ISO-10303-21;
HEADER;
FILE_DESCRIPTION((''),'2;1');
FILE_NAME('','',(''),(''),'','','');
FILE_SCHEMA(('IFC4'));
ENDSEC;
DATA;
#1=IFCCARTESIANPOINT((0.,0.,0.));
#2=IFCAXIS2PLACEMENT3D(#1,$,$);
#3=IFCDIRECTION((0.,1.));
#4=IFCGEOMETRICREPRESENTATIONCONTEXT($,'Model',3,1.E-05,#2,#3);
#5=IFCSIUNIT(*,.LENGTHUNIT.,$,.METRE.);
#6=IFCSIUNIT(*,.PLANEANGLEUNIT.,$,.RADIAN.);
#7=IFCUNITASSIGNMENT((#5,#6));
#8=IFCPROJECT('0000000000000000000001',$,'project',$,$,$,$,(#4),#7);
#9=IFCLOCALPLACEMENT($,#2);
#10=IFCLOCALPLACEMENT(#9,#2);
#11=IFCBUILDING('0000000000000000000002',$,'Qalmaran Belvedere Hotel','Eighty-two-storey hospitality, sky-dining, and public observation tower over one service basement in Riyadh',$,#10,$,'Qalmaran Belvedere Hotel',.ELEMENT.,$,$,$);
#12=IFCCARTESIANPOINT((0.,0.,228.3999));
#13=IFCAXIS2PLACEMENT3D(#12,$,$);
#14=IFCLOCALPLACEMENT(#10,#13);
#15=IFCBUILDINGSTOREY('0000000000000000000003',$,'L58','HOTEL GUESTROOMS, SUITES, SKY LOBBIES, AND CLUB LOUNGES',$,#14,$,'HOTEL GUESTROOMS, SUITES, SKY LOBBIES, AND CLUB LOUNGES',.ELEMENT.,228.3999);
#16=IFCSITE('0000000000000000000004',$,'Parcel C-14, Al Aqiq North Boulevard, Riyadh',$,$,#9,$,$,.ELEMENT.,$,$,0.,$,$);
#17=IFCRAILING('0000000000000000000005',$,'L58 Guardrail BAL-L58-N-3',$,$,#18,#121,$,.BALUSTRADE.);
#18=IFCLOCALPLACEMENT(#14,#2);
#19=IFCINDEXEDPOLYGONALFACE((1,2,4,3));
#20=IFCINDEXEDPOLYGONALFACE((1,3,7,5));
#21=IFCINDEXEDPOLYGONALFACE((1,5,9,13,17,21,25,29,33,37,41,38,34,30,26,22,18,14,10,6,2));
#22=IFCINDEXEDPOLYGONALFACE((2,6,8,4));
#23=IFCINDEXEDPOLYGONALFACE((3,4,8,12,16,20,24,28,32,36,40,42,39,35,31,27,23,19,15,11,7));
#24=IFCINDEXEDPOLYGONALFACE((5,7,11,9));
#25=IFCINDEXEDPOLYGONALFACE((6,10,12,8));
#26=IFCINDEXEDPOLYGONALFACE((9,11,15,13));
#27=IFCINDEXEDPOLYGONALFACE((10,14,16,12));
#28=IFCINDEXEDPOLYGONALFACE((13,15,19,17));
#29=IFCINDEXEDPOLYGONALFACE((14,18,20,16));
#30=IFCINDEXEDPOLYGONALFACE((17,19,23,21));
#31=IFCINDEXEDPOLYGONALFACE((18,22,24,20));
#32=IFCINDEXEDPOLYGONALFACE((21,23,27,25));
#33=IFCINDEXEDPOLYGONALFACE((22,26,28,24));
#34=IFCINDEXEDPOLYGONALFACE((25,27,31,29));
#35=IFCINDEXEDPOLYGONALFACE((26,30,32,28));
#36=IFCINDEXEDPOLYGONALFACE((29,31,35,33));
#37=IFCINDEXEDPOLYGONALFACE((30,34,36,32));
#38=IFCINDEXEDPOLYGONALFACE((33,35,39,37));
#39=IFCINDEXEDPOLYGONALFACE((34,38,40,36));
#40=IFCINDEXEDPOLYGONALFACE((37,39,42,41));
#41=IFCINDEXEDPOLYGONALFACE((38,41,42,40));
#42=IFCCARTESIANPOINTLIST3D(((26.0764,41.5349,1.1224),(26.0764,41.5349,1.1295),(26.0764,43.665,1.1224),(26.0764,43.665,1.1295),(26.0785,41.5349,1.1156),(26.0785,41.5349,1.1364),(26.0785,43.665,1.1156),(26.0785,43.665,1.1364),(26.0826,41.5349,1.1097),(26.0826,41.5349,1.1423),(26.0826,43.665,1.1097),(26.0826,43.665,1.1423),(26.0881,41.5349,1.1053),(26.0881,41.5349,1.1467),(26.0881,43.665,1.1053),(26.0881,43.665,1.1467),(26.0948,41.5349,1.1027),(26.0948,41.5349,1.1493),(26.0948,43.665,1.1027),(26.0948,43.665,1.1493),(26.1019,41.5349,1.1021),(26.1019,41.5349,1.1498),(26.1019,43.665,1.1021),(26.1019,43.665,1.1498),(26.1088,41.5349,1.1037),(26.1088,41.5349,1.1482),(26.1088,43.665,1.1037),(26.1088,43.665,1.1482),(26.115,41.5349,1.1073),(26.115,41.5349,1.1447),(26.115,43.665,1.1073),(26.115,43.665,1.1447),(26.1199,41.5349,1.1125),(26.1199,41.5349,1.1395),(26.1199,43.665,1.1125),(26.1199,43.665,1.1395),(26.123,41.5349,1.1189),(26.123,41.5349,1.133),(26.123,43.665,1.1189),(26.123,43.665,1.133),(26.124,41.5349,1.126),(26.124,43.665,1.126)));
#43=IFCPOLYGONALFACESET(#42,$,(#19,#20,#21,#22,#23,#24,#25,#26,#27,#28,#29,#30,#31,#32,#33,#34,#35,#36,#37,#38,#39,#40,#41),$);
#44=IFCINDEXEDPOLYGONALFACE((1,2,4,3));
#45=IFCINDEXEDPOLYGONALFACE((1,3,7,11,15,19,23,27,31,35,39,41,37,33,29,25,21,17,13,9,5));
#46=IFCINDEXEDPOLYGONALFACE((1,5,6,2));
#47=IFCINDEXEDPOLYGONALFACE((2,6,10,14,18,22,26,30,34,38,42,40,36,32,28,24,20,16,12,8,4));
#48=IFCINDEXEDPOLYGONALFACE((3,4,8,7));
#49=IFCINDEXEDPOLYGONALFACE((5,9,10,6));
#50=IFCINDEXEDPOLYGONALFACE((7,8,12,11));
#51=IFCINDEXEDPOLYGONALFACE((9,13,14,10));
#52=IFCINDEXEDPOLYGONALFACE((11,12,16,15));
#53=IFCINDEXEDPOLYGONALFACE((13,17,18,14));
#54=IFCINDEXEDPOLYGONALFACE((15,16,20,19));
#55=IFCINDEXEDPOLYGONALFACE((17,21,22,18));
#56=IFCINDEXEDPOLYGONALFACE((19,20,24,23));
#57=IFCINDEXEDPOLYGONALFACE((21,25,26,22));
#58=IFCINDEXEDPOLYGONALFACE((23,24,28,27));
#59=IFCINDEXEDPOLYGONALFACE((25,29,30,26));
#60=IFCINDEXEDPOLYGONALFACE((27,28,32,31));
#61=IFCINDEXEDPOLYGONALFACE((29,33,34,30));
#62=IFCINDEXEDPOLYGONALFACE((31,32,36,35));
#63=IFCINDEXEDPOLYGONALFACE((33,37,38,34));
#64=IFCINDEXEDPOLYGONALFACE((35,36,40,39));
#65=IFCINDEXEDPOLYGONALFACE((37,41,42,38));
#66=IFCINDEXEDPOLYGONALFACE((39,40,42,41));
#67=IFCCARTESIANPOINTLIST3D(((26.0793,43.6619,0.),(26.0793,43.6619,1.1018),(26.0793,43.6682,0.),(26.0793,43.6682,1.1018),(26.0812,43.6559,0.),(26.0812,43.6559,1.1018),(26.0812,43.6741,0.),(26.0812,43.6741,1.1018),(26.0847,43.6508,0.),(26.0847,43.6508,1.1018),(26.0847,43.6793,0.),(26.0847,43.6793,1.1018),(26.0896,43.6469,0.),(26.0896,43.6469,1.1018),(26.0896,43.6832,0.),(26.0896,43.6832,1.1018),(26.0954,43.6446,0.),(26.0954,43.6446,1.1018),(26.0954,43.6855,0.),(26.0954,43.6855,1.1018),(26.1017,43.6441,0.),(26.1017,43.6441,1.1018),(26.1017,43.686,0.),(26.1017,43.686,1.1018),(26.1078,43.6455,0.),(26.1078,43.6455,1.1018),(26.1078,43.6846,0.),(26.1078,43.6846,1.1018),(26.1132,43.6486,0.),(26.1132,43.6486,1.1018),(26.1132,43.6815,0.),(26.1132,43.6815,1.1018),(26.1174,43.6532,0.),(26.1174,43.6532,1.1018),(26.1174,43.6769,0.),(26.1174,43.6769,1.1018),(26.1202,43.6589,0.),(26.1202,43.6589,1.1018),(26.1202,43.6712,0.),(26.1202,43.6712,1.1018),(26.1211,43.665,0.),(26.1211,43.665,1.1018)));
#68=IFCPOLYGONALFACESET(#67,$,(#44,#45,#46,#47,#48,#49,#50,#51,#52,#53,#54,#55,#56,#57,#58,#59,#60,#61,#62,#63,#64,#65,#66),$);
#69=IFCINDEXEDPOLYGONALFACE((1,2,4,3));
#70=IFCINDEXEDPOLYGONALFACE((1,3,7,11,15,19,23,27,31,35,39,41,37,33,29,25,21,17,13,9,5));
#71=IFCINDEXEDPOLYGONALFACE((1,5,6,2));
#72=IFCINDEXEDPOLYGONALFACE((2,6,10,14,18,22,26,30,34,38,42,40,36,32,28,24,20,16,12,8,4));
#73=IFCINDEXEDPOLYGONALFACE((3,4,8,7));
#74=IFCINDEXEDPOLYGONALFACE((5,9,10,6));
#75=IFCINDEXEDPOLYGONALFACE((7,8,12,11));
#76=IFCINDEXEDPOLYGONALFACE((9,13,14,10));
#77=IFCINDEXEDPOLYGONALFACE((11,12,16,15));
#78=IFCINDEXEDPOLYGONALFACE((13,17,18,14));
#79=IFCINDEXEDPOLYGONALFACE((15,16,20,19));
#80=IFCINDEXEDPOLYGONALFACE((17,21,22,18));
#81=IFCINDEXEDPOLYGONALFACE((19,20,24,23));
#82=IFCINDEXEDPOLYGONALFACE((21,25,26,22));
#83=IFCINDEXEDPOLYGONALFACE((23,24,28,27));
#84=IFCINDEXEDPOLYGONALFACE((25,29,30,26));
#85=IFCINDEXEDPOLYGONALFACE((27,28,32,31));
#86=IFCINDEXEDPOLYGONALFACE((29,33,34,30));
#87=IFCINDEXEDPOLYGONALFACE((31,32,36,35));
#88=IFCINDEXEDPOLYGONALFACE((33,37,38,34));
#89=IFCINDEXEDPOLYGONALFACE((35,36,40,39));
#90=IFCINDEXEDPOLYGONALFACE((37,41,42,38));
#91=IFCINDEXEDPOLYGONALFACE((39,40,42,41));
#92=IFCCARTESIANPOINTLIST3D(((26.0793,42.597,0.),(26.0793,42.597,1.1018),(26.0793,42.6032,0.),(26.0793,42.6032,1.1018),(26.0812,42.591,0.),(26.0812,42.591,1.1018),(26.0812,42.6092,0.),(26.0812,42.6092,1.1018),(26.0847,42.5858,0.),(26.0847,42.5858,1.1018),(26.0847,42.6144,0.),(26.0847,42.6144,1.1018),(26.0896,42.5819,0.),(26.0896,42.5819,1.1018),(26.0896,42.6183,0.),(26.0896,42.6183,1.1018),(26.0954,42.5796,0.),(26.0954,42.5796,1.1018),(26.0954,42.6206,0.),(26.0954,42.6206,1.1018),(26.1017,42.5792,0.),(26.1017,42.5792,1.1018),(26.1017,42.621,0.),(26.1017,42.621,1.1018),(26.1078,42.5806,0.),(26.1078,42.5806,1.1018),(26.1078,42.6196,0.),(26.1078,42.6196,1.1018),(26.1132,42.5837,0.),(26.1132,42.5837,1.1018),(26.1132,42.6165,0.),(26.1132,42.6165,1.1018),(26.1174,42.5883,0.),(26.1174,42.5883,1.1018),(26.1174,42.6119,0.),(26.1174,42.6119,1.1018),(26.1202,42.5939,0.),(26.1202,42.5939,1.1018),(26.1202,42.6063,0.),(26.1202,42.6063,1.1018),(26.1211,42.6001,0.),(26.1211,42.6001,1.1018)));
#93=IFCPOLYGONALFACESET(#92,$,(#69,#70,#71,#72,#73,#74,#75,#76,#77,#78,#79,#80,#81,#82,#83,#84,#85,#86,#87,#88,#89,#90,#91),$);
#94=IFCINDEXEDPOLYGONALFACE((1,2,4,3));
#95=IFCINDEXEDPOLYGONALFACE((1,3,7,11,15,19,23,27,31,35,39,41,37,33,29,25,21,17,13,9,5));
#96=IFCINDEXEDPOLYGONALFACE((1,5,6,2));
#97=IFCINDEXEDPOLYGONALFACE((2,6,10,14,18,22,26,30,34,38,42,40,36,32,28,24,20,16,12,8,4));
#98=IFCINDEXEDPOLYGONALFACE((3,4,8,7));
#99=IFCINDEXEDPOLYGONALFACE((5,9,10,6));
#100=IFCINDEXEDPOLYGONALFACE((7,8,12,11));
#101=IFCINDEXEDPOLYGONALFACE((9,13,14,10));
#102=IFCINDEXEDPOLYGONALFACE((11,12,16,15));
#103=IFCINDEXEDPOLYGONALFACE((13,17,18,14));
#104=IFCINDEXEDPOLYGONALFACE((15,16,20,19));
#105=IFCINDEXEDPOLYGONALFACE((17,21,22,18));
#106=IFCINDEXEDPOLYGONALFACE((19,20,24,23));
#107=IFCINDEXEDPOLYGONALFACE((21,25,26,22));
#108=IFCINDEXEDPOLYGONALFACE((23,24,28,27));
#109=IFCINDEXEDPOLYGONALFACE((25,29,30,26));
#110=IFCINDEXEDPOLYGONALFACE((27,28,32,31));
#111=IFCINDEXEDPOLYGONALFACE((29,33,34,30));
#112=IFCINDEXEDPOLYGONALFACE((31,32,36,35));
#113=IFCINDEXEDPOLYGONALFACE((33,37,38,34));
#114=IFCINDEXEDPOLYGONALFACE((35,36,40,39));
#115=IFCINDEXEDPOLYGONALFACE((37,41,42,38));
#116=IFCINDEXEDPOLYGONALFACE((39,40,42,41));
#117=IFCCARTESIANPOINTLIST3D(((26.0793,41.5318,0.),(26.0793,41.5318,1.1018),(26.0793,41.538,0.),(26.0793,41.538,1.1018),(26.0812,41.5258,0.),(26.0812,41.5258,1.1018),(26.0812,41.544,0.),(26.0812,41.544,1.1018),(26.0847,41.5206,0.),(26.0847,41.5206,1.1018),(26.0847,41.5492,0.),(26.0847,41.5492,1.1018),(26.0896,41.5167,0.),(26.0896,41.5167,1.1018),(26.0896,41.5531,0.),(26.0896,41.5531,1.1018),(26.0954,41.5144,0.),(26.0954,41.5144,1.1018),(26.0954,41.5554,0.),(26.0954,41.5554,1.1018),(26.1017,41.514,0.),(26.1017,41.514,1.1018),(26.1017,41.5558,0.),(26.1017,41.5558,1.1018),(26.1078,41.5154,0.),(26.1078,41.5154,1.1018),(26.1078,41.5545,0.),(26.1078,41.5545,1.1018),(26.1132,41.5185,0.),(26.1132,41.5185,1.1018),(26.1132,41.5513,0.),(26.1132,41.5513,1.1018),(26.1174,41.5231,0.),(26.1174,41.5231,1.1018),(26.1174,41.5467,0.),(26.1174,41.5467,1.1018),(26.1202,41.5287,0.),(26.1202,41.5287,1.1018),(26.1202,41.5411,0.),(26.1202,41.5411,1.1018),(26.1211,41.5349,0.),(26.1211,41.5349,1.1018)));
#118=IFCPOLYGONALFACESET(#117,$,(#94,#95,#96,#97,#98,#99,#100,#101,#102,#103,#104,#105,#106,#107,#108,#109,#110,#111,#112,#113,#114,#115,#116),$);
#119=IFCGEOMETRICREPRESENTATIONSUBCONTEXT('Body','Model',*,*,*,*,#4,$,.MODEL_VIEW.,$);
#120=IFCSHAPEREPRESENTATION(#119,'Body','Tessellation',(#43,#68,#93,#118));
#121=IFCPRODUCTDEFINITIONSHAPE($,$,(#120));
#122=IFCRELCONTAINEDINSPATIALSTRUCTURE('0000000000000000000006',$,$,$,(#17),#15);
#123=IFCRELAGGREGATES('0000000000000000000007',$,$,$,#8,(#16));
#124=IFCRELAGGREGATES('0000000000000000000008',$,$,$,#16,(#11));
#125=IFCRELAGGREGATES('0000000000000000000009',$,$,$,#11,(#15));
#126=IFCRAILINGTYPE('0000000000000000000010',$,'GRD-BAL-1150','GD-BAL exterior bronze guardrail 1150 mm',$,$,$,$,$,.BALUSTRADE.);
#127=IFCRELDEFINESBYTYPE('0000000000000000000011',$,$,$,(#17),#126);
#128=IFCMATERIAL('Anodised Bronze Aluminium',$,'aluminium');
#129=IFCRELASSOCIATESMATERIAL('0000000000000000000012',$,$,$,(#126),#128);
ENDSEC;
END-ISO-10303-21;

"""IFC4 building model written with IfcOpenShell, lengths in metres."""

from ifc_helpers import new_model, si_unit, direction, frame, origin, origin_2d, place, context, subcontext, project, spatial, circle, extrude, material, type_object, element, save


model = new_model("IFC4")

# Units and contexts
model_context = context("Model", 3, precision=1e-05, world=origin(), true_north=direction((0.0, 1.0)))
body_context = subcontext(model_context, "Body", "Model", "MODEL_VIEW")
ifc_project = project(units=[si_unit("LENGTHUNIT", "METRE"), si_unit("PLANEANGLEUNIT", "RADIAN")], contexts=[model_context])

# Site, building, storey
site_placement = place(None, origin())
site = spatial("IfcSite", under=ifc_project, at=site_placement, Name="Parcel C-14, Al Aqiq North Boulevard, Riyadh", CompositionType="ELEMENT", RefElevation=0.0)
building_placement = place(site_placement, origin())
building = spatial("IfcBuilding", under=site, at=building_placement, Name="Qalmaran Belvedere Hotel", Description="Eighty-two-storey hospitality, sky-dining, and public observation tower over one service basement in Riyadh", LongName="Qalmaran Belvedere Hotel", CompositionType="ELEMENT")
storey_placement = place(building_placement, frame((0.0, 0.0, 228.3999)))
storey = spatial("IfcBuildingStorey", under=building, at=storey_placement, Name="L58", Description="HOTEL GUESTROOMS, SUITES, SKY LOBBIES, AND CLUB LOUNGES", LongName="HOTEL GUESTROOMS, SUITES, SKY LOBBIES, AND CLUB LOUNGES", CompositionType="ELEMENT", Elevation=228.3999)

# Shared definitions
ifc_material_1 = material(Name="Anodised Bronze Aluminium", Category="aluminium")

# Railing
railing_type = type_object("IfcRailingType", Name="GRD-BAL-1150", Description="GD-BAL exterior bronze guardrail 1150 mm", PredefinedType="BALUSTRADE", material=ifc_material_1)
railing_1_placement = place(storey_placement, frame((26.1001, 43.665, 0.0)))
element("IfcRailing", 1, at=railing_1_placement, inside=storey, type_object=railing_type, Name="L58 Guardrail BAL-L58-N-3", PredefinedType="BALUSTRADE", context=body_context, shape_type="SweptSolid", body=[
    extrude(circle(Radius=0.0239, at=origin_2d()), frame((0.0, 0.0, 1.126), z_axis=(0.0, -1.0, 0.0), x_axis=(1.0, 0.0, 0.0)), (0.0, 0.0, 1.0), 2.1301),
    extrude(circle(Radius=0.021, at=origin_2d()), origin(), (0.0, 0.0, 1.0), 1.1018),
    extrude(circle(Radius=0.021, at=origin_2d()), frame((0.0, -1.0649, 0.0)), (0.0, 0.0, 1.0), 1.1018),
    extrude(circle(Radius=0.021, at=origin_2d()), frame((0.0, -2.1301, 0.0)), (0.0, 0.0, 1.0), 1.1018),
])

save(model, "model.ifc")
